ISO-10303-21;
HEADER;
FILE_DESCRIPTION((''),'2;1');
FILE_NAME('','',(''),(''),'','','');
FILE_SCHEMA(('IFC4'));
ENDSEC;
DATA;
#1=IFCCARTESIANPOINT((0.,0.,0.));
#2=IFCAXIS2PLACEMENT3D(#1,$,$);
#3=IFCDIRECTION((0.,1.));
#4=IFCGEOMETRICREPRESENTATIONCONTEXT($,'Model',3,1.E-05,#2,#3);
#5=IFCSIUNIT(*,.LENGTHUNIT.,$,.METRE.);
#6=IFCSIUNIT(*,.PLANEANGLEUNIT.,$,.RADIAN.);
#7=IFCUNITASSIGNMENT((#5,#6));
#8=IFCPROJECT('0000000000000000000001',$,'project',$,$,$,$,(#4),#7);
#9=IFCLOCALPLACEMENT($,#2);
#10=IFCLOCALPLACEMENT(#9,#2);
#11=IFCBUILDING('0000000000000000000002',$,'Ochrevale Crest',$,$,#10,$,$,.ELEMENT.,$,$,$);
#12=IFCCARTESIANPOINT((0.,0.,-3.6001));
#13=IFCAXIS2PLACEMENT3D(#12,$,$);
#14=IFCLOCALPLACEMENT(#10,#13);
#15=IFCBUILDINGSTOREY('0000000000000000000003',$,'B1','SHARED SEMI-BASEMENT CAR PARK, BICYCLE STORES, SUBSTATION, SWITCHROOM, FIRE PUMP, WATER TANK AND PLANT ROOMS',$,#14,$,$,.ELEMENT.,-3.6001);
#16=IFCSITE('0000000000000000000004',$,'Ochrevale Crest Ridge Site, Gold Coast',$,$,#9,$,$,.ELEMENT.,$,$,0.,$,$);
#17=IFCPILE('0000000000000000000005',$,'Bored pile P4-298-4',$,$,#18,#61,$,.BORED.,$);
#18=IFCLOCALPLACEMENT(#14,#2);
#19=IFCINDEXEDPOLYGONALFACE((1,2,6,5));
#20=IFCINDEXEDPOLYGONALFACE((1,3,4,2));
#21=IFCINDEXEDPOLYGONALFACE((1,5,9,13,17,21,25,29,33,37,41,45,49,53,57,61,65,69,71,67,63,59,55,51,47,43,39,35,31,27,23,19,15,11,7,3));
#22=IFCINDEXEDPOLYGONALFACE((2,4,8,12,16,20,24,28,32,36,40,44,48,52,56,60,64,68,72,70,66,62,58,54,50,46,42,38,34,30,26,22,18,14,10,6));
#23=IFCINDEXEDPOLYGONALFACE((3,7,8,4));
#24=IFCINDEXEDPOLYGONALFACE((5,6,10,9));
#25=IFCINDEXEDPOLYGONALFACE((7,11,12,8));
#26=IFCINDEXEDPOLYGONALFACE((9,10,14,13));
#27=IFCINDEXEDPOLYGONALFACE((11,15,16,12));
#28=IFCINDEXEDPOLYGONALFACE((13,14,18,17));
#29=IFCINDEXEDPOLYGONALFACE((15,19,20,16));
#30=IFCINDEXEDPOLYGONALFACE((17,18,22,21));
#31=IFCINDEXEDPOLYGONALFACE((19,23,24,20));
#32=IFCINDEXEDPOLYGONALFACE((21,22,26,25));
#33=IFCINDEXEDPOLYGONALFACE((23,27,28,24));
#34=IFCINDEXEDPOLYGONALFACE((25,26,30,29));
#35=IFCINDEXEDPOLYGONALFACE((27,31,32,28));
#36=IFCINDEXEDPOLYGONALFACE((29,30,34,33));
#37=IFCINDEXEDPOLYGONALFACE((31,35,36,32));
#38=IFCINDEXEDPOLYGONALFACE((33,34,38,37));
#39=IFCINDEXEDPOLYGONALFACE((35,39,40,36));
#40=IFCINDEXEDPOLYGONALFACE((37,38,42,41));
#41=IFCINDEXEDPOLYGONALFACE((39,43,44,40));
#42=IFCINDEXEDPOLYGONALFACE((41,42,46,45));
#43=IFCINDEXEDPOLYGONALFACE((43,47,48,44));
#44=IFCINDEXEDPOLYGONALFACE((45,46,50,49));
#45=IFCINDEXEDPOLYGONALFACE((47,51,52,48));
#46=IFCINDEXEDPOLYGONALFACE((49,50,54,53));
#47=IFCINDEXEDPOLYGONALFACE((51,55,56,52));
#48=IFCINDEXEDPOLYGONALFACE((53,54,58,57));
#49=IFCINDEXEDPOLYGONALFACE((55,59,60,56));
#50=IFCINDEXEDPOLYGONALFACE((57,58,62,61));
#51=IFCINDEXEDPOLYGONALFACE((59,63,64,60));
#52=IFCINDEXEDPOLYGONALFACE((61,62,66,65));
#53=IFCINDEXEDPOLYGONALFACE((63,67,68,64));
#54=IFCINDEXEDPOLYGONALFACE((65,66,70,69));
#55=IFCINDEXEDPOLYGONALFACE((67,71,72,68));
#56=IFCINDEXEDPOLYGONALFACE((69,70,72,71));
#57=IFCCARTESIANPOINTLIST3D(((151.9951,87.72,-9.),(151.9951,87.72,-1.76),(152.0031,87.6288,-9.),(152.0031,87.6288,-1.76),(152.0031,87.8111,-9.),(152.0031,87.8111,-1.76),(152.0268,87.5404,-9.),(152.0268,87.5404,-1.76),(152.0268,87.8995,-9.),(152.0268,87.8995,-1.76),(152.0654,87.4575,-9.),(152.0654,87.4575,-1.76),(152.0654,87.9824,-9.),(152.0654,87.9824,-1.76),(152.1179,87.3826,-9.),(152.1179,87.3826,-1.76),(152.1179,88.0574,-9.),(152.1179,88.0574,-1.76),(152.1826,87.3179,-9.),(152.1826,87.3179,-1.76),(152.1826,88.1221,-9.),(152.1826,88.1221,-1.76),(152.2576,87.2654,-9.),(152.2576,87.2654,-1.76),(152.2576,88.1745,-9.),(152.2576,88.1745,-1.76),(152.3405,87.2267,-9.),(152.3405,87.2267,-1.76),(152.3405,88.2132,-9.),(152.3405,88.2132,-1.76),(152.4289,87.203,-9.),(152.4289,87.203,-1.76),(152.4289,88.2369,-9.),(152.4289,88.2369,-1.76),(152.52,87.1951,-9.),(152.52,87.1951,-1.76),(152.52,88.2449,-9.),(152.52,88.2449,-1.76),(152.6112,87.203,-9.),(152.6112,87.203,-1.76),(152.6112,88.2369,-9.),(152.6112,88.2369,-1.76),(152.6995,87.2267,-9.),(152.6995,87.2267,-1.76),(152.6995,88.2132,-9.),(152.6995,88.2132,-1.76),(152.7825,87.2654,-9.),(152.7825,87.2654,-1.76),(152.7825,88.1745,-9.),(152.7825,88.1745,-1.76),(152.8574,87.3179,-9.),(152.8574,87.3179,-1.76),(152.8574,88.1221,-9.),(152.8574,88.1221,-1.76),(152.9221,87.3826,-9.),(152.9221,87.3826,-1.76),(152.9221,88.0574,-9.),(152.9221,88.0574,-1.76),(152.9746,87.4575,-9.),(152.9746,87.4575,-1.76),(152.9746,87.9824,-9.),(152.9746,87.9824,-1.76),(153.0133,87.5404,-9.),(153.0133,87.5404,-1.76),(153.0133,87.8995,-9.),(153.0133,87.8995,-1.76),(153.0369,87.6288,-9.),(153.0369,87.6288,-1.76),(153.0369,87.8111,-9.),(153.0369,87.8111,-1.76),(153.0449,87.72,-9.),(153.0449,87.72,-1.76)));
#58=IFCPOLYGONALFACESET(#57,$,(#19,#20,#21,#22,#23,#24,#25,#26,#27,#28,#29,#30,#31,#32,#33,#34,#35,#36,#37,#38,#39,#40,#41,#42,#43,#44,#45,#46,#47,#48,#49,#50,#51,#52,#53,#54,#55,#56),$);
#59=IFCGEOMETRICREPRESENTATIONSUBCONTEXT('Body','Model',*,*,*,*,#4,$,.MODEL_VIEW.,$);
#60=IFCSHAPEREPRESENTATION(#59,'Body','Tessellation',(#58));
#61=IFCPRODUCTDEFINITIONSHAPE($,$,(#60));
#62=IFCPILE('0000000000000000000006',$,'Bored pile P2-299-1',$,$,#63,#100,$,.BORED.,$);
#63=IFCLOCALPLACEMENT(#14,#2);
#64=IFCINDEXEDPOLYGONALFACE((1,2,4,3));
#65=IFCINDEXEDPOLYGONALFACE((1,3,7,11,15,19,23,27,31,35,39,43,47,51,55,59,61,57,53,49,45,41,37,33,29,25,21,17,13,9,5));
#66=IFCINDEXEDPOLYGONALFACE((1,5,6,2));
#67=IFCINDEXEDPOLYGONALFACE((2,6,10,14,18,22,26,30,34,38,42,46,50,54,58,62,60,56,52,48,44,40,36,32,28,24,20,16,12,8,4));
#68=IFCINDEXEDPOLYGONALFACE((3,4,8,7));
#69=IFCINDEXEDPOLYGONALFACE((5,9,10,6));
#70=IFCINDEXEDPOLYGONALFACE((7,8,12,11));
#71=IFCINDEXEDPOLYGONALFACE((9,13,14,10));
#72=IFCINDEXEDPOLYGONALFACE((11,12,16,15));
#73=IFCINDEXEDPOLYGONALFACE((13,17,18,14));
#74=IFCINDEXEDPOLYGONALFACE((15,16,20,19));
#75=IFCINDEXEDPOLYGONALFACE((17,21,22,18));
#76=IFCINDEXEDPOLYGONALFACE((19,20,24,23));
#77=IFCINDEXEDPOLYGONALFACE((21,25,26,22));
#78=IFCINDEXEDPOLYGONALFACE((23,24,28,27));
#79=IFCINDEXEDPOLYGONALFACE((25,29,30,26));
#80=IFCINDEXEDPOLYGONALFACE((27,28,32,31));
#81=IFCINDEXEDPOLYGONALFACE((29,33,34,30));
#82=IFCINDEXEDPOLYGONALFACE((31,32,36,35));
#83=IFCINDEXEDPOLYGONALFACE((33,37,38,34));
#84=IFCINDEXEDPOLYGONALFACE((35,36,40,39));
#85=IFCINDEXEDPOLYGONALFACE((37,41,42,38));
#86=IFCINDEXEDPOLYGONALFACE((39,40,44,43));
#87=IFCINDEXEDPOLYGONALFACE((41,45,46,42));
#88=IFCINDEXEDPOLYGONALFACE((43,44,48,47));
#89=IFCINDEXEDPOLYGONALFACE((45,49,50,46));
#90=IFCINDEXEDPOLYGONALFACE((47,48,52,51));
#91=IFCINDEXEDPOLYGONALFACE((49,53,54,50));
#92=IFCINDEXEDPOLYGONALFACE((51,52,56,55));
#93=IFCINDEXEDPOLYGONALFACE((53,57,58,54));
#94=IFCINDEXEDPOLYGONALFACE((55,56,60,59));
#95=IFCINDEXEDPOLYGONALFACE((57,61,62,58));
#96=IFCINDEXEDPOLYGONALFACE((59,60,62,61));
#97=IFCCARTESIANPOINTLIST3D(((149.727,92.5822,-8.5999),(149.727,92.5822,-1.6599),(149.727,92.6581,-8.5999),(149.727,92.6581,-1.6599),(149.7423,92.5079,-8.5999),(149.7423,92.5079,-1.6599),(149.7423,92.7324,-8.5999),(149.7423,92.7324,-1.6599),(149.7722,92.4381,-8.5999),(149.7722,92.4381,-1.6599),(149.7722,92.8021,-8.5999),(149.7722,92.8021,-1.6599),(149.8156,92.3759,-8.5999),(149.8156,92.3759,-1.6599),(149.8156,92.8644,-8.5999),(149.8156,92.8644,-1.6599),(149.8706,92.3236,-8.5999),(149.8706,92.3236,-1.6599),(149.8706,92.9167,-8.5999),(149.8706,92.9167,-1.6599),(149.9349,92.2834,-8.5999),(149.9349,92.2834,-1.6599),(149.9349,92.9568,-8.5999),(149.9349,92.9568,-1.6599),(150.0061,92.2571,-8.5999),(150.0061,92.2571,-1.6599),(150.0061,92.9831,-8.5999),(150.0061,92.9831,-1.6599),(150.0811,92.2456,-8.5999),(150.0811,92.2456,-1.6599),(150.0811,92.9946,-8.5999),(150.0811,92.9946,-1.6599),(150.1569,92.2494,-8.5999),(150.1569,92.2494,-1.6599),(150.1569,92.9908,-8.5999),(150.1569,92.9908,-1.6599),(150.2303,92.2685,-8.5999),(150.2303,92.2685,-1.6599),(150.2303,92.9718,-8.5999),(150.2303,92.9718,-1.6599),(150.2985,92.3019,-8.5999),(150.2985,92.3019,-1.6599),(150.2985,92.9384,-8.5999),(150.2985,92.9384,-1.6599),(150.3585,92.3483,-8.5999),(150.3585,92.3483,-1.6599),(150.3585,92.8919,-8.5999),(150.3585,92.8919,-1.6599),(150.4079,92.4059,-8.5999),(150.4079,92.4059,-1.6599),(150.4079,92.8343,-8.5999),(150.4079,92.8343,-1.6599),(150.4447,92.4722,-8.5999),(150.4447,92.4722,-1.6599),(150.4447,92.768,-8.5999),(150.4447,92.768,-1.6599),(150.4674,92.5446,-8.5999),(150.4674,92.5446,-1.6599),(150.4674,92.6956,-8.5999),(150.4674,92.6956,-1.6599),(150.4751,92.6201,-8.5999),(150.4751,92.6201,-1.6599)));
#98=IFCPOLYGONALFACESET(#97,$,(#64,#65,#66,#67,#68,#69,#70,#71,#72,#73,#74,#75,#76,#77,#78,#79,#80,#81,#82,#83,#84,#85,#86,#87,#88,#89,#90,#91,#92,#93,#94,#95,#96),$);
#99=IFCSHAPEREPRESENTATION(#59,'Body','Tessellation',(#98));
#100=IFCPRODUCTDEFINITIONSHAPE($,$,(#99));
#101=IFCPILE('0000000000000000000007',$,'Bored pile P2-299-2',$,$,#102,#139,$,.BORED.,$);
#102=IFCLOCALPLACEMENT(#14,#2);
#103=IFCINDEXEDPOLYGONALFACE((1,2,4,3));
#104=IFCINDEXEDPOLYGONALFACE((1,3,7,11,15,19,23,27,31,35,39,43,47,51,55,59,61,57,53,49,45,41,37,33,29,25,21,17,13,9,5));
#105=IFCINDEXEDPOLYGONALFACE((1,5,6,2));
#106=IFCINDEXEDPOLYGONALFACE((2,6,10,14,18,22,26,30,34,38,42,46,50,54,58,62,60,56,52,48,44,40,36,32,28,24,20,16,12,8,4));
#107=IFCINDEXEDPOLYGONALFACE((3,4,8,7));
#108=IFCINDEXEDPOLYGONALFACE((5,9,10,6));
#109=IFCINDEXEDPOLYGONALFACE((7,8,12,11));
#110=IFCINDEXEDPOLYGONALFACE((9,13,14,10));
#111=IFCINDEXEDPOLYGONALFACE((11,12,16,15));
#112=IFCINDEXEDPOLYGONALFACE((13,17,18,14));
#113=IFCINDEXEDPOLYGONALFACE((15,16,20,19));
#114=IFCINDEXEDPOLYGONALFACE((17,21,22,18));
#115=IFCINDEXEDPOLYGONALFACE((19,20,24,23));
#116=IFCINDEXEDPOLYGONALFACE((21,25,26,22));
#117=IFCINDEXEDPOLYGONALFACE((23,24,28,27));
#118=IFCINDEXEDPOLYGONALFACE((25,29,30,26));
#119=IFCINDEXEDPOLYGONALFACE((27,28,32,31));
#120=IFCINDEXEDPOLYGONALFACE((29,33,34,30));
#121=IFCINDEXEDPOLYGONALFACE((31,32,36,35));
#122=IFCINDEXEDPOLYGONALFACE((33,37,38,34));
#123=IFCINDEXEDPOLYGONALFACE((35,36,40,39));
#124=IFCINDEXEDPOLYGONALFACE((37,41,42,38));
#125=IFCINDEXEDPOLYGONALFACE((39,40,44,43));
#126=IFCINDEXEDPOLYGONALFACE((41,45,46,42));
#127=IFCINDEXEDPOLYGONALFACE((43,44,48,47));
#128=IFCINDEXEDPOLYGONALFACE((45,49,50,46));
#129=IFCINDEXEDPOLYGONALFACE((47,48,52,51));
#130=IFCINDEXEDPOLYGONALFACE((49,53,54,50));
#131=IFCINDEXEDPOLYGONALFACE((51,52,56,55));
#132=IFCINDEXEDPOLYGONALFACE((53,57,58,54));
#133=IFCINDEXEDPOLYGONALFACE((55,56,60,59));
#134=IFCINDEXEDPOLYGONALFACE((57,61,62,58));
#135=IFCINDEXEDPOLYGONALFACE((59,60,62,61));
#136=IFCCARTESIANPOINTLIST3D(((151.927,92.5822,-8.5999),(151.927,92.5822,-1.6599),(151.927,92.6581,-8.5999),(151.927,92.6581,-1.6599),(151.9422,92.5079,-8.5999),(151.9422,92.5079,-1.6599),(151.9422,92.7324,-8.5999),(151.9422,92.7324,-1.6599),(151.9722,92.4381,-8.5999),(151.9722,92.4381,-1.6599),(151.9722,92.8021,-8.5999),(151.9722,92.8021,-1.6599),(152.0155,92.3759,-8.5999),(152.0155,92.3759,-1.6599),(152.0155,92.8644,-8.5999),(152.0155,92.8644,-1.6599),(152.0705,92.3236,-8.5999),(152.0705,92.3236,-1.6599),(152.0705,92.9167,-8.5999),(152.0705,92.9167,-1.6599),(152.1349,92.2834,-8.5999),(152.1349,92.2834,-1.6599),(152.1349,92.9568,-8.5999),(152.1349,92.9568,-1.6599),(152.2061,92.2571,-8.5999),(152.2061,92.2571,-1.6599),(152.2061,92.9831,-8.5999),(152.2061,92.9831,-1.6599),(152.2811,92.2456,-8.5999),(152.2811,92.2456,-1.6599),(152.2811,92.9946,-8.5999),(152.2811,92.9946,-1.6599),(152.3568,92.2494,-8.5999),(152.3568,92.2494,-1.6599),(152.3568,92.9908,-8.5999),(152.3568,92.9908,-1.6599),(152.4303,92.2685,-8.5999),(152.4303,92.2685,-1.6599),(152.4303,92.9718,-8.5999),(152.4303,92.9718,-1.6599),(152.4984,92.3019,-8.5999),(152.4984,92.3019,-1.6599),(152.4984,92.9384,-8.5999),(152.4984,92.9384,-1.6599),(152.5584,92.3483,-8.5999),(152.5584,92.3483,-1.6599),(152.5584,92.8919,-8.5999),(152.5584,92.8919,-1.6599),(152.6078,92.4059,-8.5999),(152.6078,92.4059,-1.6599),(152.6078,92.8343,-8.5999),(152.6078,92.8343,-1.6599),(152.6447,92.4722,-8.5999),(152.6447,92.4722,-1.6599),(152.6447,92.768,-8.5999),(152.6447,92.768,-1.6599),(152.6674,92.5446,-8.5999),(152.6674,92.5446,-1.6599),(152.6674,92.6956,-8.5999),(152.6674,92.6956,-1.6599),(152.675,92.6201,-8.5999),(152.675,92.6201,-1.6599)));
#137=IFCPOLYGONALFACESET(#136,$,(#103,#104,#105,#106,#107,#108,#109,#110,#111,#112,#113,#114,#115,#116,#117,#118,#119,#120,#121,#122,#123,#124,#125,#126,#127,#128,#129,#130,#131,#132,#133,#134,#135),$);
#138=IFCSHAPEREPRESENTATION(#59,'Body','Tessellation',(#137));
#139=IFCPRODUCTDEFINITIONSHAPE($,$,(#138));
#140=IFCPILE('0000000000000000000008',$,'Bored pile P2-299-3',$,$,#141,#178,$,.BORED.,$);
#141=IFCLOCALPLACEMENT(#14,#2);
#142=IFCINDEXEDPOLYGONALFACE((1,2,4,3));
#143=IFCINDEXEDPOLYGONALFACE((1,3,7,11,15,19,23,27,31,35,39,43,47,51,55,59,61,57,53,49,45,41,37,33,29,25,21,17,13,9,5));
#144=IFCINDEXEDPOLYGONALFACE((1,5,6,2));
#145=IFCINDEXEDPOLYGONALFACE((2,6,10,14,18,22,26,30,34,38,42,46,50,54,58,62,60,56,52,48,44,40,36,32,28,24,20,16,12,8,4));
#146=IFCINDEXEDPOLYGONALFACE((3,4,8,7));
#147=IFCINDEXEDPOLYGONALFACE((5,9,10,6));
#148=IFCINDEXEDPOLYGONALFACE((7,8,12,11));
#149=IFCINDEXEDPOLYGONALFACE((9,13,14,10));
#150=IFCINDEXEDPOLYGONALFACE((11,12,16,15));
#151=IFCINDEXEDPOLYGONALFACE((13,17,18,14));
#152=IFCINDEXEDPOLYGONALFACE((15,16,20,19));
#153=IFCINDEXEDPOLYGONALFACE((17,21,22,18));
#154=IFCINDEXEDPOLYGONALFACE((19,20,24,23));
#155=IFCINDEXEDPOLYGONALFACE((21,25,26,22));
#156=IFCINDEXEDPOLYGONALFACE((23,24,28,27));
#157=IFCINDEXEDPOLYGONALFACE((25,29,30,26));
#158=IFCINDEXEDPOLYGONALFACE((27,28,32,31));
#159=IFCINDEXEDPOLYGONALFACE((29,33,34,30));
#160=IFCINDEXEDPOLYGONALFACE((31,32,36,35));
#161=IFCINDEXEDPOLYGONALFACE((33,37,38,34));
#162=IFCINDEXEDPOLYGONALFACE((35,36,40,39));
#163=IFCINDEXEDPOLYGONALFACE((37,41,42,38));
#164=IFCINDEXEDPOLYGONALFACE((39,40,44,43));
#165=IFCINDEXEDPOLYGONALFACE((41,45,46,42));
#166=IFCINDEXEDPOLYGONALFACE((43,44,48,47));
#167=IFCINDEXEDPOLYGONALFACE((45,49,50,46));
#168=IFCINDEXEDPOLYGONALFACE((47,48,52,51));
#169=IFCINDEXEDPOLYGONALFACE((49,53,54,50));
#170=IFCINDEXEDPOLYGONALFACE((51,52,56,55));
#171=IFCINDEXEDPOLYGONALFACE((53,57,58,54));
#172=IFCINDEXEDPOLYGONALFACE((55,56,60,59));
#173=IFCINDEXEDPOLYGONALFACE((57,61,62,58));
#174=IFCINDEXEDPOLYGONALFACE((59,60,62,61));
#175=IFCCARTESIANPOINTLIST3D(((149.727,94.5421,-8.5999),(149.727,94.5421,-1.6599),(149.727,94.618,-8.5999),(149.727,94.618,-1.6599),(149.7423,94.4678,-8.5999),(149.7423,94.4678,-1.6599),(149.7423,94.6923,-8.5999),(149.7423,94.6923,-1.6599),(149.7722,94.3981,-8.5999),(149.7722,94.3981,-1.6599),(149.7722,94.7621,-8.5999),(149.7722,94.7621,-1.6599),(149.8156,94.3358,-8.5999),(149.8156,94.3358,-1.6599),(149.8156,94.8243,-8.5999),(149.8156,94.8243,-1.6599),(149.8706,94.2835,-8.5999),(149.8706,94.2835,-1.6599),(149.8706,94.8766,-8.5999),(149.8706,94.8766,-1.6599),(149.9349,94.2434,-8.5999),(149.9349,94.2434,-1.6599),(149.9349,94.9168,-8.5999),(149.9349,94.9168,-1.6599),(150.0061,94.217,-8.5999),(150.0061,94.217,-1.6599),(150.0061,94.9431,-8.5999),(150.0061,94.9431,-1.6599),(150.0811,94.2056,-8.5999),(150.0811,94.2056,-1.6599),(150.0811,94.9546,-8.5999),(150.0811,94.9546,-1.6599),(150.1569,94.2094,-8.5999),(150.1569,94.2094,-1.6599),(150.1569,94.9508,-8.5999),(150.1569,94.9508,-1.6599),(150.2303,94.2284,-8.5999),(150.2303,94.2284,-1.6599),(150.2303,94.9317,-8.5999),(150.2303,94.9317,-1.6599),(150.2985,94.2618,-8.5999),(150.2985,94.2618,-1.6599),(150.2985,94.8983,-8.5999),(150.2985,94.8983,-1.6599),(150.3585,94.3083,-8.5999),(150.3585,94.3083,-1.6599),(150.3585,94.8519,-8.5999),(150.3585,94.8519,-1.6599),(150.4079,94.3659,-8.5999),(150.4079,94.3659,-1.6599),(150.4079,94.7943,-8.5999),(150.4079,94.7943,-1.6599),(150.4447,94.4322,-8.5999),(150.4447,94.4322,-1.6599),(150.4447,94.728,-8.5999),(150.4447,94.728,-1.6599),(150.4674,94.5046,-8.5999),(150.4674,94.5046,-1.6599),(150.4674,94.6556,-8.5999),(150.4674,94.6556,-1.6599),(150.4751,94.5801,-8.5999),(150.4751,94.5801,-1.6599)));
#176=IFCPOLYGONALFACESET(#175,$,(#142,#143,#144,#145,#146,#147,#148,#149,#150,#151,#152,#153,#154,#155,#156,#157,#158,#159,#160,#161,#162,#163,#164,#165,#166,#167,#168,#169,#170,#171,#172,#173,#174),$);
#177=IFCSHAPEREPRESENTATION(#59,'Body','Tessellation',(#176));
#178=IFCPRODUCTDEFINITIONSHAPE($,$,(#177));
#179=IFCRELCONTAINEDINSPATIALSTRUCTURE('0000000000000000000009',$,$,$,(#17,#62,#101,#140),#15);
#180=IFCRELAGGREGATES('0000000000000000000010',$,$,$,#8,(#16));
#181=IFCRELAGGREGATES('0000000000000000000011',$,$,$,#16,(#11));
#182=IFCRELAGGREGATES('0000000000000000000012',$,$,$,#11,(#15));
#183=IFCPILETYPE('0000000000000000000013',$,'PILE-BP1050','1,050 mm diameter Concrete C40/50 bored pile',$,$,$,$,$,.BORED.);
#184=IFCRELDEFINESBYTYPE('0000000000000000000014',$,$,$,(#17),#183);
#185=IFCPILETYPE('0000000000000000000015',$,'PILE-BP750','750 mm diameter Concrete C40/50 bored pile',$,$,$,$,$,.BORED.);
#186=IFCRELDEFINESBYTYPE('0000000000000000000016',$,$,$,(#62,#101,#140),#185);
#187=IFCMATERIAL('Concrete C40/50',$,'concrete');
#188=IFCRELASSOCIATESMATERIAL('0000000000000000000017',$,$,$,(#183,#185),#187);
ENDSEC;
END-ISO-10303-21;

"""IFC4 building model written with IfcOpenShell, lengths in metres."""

from ifc_helpers import new_model, si_unit, direction, frame, origin, origin_2d, place, context, subcontext, project, spatial, circle, extrude, material, material_profile, profile_set, type_object, element, save


model = new_model("IFC4")

# Units and contexts
model_context = context("Model", 3, precision=1e-05, world=origin(), true_north=direction((0.0, 1.0)))
body_context = subcontext(model_context, "Body", "Model", "MODEL_VIEW")
ifc_project = project(units=[si_unit("LENGTHUNIT", "METRE"), si_unit("PLANEANGLEUNIT", "RADIAN")], contexts=[model_context])

# Site, building, storey
site_placement = place(None, origin())
site = spatial("IfcSite", under=ifc_project, at=site_placement, Name="Ochrevale Crest Ridge Site, Gold Coast", CompositionType="ELEMENT", RefElevation=0.0)
building_placement = place(site_placement, origin())
building = spatial("IfcBuilding", under=site, at=building_placement, Name="Ochrevale Crest", CompositionType="ELEMENT")
storey_placement = place(building_placement, frame((0.0, 0.0, -3.6001)))
storey = spatial("IfcBuildingStorey", under=building, at=storey_placement, Name="B1", Description="SHARED SEMI-BASEMENT CAR PARK, BICYCLE STORES, SUBSTATION, SWITCHROOM, FIRE PUMP, WATER TANK AND PLANT ROOMS", CompositionType="ELEMENT", Elevation=-3.6001)

# Shared definitions
ifc_material_1 = material(Name="Concrete C40/50", Category="concrete")

# Piles
ifc_material_profile_1 = material_profile(ifc_material_1, circle(Radius=0.5249, at=origin_2d()), Name="BORED PILE 1050")
ifc_profile_set_1 = profile_set([ifc_material_profile_1], Name="Concrete C40/50")
pile_type_1 = type_object("IfcPileType", Name="PILE-BP1050", Description="1,050 mm diameter Concrete C40/50 bored pile", PredefinedType="BORED", material=ifc_profile_set_1)
for number, where, z_axis, x_axis, name in (
    (1, (152.52, 87.72, -1.76), (0.0, 0.0, -1.0), (1.0, 0.0, 0.0), "Bored pile P4-298-4"),
):
    element("IfcPile", number, at=place(storey_placement, frame(where, z_axis=z_axis, x_axis=x_axis)), inside=storey, type_object=pile_type_1, Name=name, PredefinedType="BORED", context=body_context, shape_type="SweptSolid", body=[
        extrude(circle(Radius=0.5249, at=origin_2d()), origin(), (0.0, 0.0, 1.0), 7.24),
    ])
ifc_material_profile_2 = material_profile(ifc_material_1, circle(Radius=0.375, at=origin_2d()), Name="BORED PILE 750")
ifc_profile_set_2 = profile_set([ifc_material_profile_2], Name="Concrete C40/50")
pile_type_2 = type_object("IfcPileType", Name="PILE-BP750", Description="750 mm diameter Concrete C40/50 bored pile", PredefinedType="BORED", material=ifc_profile_set_2)
for number, where, z_axis, x_axis, name in (
    (2, (150.1001, 92.6201, -1.6599), (0.0, 0.0, -1.0), (1.0, 0.0, 0.0), "Bored pile P2-299-1"),
    (3, (152.3, 92.6201, -1.6599), (0.0, 0.0, -1.0), (1.0, 0.0, 0.0), "Bored pile P2-299-2"),
    (4, (150.1001, 94.5801, -1.6599), (0.0, 0.0, -1.0), (1.0, 0.0, 0.0), "Bored pile P2-299-3"),
):
    element("IfcPile", number, at=place(storey_placement, frame(where, z_axis=z_axis, x_axis=x_axis)), inside=storey, type_object=pile_type_2, Name=name, PredefinedType="BORED", context=body_context, shape_type="SweptSolid", body=[
        extrude(circle(Radius=0.375, at=origin_2d()), origin(), (0.0, 0.0, 1.0), 6.9399),
    ])

save(model, "model.ifc")
